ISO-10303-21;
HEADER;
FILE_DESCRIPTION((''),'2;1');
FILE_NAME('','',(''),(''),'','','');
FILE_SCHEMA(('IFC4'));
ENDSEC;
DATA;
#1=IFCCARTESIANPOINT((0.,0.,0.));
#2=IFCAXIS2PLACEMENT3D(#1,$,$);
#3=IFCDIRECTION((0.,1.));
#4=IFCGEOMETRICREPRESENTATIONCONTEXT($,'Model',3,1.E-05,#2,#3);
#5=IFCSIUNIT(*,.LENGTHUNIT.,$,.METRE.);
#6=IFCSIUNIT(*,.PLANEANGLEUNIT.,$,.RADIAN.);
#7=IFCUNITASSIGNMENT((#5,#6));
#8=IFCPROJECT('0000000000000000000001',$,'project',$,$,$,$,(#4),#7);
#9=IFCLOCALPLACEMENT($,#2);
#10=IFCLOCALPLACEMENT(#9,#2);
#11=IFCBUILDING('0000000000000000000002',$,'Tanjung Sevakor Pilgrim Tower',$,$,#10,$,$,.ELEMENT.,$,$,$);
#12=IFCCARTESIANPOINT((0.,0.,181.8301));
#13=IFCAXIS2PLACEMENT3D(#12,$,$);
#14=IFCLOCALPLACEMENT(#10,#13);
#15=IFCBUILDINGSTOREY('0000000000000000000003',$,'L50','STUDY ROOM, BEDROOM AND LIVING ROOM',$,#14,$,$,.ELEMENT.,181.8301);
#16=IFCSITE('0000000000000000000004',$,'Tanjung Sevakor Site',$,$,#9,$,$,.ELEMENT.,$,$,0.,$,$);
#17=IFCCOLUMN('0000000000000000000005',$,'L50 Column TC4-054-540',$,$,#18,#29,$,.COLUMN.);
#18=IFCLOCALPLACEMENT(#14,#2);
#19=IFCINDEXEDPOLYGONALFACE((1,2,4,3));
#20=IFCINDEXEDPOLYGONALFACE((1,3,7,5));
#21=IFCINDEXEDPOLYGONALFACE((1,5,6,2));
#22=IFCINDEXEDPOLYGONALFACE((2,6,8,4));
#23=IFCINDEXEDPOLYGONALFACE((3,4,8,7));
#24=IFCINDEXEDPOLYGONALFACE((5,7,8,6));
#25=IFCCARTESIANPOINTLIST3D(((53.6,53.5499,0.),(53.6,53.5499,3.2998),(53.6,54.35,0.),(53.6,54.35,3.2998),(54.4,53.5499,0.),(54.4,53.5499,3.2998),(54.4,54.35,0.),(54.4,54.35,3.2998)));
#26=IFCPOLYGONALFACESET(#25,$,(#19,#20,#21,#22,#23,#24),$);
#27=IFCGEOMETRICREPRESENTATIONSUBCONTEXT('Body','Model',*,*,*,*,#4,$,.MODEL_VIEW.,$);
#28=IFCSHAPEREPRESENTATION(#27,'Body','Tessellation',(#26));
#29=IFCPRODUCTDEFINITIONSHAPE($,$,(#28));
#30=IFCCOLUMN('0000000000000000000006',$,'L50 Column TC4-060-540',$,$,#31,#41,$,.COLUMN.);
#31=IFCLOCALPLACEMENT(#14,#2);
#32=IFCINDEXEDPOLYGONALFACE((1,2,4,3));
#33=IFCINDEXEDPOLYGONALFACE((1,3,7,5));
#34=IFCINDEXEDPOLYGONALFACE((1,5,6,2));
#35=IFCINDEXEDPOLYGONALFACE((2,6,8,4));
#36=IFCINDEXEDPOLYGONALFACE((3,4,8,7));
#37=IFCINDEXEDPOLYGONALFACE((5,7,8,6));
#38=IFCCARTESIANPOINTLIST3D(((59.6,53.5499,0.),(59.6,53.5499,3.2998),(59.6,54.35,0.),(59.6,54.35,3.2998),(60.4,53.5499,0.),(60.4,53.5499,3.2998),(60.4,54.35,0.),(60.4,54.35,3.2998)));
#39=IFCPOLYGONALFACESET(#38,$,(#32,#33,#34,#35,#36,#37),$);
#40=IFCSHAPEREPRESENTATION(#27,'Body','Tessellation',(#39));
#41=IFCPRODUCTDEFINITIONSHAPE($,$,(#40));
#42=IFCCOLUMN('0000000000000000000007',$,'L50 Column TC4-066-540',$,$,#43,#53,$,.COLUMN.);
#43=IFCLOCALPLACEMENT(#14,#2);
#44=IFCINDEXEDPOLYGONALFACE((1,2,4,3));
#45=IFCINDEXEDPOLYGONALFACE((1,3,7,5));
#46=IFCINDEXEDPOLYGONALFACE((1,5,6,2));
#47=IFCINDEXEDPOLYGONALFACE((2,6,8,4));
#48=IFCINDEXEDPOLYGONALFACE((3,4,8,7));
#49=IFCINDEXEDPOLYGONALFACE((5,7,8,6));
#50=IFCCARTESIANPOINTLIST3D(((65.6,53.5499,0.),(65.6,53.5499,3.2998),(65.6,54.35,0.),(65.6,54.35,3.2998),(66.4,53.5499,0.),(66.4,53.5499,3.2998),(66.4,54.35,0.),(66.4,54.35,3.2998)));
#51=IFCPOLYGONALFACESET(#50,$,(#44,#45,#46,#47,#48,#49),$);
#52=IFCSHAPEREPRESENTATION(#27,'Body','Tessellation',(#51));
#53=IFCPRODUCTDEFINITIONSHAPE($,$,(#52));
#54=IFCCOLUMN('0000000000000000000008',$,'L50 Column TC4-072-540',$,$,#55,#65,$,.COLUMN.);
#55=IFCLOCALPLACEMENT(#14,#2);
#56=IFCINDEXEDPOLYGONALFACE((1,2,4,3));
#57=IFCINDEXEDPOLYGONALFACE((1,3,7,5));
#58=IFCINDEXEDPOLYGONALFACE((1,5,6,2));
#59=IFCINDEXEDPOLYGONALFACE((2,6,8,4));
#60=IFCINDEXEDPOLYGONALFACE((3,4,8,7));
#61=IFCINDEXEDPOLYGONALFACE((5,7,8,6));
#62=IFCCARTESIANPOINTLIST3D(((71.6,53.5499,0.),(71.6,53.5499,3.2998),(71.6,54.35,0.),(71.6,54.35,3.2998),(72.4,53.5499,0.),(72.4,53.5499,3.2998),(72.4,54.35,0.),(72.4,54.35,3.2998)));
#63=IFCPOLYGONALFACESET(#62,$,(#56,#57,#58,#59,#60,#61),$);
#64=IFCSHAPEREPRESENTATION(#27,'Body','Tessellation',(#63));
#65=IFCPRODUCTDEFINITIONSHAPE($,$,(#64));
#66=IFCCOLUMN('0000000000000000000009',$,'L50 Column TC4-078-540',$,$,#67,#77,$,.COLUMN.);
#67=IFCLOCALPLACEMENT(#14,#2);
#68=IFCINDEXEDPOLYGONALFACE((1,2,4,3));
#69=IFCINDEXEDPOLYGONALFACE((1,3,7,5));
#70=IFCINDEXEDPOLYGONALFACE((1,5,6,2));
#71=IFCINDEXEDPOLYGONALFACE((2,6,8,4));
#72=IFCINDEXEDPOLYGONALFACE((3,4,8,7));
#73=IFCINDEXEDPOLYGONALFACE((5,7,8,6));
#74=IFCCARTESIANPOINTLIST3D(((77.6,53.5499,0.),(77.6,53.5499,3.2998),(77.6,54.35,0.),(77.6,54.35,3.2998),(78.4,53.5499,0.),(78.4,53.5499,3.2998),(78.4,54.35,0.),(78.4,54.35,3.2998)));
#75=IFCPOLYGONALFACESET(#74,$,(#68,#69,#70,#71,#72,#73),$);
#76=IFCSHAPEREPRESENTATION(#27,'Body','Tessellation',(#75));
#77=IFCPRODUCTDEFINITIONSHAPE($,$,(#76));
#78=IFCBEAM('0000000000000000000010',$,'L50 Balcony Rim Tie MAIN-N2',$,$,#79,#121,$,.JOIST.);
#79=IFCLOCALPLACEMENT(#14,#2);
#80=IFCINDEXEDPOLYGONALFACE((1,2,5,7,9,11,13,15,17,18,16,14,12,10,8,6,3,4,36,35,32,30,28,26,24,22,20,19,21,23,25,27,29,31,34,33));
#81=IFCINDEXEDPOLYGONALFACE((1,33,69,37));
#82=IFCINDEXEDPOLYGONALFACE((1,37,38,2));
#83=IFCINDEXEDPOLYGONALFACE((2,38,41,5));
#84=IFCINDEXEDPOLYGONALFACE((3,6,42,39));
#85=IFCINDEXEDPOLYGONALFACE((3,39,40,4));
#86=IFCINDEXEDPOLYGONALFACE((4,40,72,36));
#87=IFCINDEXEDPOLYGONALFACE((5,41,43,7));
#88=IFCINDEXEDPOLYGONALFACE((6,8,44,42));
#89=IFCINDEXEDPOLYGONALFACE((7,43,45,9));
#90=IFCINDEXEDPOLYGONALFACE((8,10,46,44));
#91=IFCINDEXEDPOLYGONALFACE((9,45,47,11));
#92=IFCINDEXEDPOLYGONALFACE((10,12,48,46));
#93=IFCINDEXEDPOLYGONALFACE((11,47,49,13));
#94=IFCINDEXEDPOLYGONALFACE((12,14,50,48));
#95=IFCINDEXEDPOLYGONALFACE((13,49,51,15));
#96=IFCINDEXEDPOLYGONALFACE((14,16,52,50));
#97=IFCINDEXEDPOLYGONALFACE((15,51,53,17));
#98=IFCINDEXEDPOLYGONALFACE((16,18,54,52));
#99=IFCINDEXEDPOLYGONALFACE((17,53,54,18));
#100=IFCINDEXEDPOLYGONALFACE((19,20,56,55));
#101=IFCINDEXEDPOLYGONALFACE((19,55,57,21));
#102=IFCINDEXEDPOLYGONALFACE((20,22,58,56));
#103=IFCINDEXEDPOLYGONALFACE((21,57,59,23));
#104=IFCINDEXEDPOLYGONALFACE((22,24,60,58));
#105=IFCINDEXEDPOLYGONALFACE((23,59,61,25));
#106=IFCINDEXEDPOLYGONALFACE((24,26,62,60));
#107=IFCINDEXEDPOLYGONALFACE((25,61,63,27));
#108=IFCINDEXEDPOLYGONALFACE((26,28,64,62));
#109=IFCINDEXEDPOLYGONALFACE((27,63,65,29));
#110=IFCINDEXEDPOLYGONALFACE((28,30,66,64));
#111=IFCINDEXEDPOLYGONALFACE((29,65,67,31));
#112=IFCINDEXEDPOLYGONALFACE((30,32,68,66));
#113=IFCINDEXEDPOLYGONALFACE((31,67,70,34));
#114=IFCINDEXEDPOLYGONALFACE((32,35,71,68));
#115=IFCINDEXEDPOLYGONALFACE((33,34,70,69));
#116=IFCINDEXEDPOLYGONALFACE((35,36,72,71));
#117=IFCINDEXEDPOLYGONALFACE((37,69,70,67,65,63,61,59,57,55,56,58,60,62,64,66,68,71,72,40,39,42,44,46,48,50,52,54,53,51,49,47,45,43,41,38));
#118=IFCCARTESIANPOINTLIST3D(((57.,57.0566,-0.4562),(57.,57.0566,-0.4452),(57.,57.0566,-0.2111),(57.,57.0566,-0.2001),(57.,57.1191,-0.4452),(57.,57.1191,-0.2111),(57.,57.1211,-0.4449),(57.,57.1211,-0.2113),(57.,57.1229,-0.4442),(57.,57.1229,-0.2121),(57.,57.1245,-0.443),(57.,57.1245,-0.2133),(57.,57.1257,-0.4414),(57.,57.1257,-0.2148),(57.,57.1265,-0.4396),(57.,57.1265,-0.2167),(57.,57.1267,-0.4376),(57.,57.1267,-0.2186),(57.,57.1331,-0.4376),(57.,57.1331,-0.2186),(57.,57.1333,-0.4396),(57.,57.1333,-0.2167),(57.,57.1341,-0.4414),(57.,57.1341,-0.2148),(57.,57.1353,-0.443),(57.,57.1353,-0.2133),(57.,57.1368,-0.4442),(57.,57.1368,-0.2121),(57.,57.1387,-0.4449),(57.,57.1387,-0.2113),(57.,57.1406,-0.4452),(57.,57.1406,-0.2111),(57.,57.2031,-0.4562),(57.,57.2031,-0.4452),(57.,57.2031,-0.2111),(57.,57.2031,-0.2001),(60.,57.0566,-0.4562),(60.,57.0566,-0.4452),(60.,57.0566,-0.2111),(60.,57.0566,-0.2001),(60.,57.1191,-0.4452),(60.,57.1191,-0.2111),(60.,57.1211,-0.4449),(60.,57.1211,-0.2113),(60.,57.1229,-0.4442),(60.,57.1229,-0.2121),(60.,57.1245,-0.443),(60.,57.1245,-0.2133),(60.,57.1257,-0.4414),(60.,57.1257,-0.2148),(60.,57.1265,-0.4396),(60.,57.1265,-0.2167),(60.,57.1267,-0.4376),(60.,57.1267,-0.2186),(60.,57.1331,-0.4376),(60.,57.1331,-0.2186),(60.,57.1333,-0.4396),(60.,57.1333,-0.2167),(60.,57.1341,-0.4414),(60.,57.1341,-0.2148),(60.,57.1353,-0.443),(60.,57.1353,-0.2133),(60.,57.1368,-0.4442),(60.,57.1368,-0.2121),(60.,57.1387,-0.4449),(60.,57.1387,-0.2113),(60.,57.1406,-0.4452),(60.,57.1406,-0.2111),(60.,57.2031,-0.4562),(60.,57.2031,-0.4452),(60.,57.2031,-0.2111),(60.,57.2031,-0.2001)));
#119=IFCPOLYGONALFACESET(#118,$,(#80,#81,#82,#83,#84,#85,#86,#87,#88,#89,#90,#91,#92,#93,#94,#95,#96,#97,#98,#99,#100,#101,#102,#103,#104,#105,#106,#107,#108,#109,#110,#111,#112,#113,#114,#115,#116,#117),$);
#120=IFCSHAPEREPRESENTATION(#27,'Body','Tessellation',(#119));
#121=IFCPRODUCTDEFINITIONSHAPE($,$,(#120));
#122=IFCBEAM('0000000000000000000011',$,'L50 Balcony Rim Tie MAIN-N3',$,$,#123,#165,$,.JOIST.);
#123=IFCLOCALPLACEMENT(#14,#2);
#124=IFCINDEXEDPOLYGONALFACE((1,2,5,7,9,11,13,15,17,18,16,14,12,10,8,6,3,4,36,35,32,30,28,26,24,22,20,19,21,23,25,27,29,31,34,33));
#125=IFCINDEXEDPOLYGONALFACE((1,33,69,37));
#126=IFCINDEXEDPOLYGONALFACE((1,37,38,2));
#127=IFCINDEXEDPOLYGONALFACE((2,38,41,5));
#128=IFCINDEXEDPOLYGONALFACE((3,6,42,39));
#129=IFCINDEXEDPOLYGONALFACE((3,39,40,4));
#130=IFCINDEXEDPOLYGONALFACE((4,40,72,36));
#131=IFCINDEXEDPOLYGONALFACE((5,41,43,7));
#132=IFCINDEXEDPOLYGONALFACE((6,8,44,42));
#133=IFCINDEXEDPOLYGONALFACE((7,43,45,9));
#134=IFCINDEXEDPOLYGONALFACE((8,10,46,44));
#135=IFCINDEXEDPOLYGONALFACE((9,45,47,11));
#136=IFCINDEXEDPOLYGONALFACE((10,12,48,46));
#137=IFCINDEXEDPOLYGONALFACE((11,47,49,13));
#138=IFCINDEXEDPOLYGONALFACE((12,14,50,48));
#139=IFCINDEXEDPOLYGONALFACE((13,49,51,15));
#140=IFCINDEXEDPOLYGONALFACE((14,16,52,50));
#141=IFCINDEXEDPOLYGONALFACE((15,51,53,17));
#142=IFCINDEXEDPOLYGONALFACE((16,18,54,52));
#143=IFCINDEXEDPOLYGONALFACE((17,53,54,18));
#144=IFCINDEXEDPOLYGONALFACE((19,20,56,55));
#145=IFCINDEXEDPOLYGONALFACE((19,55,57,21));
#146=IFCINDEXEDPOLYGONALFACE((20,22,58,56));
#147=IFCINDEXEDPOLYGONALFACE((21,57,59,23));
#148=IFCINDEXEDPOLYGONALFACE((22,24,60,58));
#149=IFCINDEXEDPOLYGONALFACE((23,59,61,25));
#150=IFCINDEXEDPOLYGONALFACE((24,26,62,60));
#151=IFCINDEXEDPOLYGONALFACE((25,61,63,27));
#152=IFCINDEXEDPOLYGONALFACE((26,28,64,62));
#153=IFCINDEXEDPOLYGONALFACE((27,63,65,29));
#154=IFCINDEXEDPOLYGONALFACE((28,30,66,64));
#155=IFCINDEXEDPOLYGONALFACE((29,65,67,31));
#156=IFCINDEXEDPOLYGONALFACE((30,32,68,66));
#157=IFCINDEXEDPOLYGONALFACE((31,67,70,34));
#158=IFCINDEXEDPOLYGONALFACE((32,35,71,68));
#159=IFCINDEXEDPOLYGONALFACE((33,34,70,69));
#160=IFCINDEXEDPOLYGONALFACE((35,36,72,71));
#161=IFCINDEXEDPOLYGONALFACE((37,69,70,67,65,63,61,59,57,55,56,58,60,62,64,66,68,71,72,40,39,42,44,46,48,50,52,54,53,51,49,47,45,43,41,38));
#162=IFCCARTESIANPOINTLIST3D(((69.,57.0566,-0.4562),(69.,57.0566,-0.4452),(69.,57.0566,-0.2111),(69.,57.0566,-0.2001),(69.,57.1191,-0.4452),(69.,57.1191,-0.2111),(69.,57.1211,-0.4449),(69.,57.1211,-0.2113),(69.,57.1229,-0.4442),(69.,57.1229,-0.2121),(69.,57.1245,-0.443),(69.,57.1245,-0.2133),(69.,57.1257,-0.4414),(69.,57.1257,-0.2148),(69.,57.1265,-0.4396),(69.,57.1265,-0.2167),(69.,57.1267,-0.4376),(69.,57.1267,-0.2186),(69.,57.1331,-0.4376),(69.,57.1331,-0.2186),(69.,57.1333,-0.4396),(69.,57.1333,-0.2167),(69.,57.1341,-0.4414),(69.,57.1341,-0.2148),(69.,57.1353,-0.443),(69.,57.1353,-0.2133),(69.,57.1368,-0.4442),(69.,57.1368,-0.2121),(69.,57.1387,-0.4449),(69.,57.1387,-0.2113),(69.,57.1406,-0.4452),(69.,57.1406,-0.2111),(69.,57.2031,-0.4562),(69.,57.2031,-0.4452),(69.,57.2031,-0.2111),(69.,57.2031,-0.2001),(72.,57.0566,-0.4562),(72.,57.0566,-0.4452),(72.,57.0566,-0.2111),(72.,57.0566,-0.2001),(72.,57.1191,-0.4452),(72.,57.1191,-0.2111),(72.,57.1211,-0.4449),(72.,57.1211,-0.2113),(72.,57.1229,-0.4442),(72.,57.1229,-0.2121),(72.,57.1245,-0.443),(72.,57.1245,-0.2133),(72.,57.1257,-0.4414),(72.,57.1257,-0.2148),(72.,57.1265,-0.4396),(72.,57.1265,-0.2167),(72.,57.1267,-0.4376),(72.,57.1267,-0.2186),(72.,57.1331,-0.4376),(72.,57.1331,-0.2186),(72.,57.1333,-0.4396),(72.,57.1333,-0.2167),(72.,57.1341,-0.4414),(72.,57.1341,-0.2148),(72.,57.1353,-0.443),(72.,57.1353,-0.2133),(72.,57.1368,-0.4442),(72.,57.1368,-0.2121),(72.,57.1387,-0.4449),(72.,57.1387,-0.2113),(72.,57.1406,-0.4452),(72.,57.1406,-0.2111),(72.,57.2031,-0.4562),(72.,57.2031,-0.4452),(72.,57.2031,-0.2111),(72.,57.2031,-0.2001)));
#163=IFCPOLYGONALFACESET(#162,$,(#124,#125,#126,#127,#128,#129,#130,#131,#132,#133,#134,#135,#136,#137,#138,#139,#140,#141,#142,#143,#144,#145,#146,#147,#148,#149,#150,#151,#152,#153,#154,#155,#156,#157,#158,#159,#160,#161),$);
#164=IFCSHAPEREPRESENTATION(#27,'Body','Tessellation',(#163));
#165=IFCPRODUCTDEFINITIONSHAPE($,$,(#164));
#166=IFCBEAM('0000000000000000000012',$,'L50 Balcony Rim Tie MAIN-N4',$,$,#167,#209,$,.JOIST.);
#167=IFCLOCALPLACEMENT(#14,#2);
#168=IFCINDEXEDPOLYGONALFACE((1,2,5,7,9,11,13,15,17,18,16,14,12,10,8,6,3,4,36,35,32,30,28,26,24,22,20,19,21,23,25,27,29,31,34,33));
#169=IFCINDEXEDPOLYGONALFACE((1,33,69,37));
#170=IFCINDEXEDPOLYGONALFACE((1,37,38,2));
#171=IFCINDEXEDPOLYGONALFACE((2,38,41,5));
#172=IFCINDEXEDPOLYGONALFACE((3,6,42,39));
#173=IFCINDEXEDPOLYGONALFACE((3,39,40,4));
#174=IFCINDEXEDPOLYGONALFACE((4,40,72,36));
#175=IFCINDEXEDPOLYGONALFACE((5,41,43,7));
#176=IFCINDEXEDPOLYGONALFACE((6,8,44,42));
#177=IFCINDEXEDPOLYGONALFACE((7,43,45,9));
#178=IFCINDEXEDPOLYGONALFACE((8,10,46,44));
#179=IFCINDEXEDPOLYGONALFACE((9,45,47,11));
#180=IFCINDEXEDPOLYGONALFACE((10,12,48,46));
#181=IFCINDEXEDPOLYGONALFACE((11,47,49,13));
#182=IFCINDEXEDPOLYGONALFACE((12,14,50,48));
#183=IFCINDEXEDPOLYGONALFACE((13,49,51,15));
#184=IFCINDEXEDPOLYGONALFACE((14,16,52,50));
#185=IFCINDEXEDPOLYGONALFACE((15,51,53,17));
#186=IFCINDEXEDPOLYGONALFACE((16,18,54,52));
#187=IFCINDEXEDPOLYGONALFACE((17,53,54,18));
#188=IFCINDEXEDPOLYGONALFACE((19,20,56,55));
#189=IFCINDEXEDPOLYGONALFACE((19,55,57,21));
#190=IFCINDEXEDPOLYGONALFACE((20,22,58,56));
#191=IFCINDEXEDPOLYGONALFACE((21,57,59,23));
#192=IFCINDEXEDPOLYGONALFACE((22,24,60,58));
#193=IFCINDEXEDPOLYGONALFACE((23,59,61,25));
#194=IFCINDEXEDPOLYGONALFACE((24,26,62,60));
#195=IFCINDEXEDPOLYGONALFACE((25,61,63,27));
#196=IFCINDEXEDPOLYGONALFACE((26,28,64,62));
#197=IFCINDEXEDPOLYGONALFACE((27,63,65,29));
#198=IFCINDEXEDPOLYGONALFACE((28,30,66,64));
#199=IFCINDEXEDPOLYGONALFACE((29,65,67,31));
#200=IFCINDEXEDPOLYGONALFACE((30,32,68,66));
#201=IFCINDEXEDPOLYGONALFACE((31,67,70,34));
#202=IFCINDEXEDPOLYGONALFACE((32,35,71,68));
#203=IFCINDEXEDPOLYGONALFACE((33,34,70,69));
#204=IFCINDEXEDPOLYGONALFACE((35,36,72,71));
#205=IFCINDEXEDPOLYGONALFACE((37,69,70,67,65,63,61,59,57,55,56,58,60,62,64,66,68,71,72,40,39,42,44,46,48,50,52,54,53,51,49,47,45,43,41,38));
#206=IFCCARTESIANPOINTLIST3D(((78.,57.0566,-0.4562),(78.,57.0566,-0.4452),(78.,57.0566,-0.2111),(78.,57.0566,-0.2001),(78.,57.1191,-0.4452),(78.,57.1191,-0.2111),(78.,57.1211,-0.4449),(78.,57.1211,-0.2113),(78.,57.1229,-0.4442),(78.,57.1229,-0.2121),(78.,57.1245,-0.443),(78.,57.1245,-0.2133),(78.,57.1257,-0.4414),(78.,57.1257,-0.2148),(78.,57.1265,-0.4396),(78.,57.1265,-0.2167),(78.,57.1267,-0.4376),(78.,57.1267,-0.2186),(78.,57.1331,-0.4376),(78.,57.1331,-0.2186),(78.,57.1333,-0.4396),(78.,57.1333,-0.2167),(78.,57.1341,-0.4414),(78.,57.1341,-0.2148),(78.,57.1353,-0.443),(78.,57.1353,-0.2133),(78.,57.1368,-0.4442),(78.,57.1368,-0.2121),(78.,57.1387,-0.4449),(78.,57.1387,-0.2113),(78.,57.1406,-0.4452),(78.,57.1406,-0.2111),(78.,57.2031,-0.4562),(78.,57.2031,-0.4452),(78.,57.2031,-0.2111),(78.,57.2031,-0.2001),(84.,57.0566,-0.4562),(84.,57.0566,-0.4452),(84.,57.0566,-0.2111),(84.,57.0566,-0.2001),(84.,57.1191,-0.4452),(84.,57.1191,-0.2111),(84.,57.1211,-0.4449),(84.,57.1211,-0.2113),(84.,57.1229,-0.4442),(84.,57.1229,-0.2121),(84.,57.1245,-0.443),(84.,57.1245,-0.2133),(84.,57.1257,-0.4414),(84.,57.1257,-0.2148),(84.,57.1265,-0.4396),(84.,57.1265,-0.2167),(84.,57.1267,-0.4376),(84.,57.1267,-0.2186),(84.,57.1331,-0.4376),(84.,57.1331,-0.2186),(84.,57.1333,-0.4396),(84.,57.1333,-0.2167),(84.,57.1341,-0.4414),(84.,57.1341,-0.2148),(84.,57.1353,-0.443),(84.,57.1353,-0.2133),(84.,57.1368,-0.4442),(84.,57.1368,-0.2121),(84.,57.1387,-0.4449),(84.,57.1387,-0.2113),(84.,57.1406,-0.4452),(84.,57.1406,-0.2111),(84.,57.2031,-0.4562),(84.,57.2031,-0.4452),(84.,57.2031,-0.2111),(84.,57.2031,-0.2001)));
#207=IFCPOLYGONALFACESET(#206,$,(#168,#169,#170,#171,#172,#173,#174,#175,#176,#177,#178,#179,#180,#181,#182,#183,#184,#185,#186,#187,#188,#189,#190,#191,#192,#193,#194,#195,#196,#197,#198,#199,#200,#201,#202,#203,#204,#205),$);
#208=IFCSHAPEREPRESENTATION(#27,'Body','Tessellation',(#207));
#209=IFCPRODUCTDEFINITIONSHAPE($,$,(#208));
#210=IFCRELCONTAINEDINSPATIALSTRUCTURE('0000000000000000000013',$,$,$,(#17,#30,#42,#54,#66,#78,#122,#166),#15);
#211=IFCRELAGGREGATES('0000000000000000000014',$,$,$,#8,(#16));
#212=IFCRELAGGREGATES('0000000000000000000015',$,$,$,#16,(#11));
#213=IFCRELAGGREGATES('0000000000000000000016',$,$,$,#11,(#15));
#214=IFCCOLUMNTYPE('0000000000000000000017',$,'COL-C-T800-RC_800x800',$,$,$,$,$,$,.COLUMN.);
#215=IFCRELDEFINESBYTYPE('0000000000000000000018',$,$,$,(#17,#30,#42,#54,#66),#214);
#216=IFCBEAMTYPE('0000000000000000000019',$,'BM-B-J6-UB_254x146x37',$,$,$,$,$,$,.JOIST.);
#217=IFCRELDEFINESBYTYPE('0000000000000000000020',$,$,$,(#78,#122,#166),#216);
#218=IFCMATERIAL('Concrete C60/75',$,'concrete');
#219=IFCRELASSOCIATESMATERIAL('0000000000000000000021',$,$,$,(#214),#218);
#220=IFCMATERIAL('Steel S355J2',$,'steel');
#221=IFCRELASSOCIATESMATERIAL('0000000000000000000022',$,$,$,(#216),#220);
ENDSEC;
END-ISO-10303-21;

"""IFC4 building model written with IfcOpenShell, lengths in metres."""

from ifc_helpers import new_model, si_unit, direction, frame, origin, origin_2d, place, context, subcontext, project, spatial, rectangle, i_section, extrude, material, material_profile, profile_set, type_object, element, save


model = new_model("IFC4")

# Units and contexts
model_context = context("Model", 3, precision=1e-05, world=origin(), true_north=direction((0.0, 1.0)))
body_context = subcontext(model_context, "Body", "Model", "MODEL_VIEW")
ifc_project = project(units=[si_unit("LENGTHUNIT", "METRE"), si_unit("PLANEANGLEUNIT", "RADIAN")], contexts=[model_context])

# Site, building, storey
site_placement = place(None, origin())
site = spatial("IfcSite", under=ifc_project, at=site_placement, Name="Tanjung Sevakor Site", CompositionType="ELEMENT", RefElevation=0.0)
building_placement = place(site_placement, origin())
building = spatial("IfcBuilding", under=site, at=building_placement, Name="Tanjung Sevakor Pilgrim Tower", CompositionType="ELEMENT")
storey_placement = place(building_placement, frame((0.0, 0.0, 181.8301)))
storey = spatial("IfcBuildingStorey", under=building, at=storey_placement, Name="L50", Description="STUDY ROOM, BEDROOM AND LIVING ROOM", CompositionType="ELEMENT", Elevation=181.8301)

# Columns
ifc_material_1 = material(Name="Concrete C60/75", Category="concrete")
ifc_material_profile_1 = material_profile(ifc_material_1, rectangle(XDim=0.8, YDim=0.8, at=origin_2d()))
ifc_profile_set_1 = profile_set([ifc_material_profile_1], Name="Concrete C60/75")
column_type = type_object("IfcColumnType", Name="COL-C-T800-RC_800x800", PredefinedType="COLUMN", material=ifc_profile_set_1)
for number, where, z_axis, x_axis, name in (
    (1, (54.0, 53.95, 0.0), (0.0, 0.0, 1.0), (1.0, 0.0, 0.0), "L50 Column TC4-054-540"),
    (2, (60.0, 53.95, 0.0), (0.0, 0.0, 1.0), (1.0, 0.0, 0.0), "L50 Column TC4-060-540"),
    (3, (66.0, 53.95, 0.0), (0.0, 0.0, 1.0), (1.0, 0.0, 0.0), "L50 Column TC4-066-540"),
    (4, (72.0, 53.95, 0.0), (0.0, 0.0, 1.0), (1.0, 0.0, 0.0), "L50 Column TC4-072-540"),
    (5, (78.0, 53.95, 0.0), (0.0, 0.0, 1.0), (1.0, 0.0, 0.0), "L50 Column TC4-078-540"),
):
    element("IfcColumn", number, at=place(storey_placement, frame(where, z_axis=z_axis, x_axis=x_axis)), inside=storey, type_object=column_type, Name=name, PredefinedType="COLUMN", context=body_context, shape_type="SweptSolid", body=[
        extrude(rectangle(XDim=0.8, YDim=0.8, at=origin_2d()), origin(), (0.0, 0.0, 1.0), 3.2998),
    ])

# Beams
ifc_material_2 = material(Name="Steel S355J2", Category="steel")
ifc_material_profile_2 = material_profile(ifc_material_2, i_section(OverallWidth=0.1465, OverallDepth=0.2561, WebThickness=0.0063, FlangeThickness=0.011, FilletRadius=0.0076, at=origin_2d()))
ifc_profile_set_2 = profile_set([ifc_material_profile_2], Name="Steel S355J2")
beam_type_1 = type_object("IfcBeamType", Name="BM-B-J6-UB_254x146x37", PredefinedType="JOIST", material=ifc_profile_set_2)
for number, where, z_axis, x_axis, name in (
    (6, (57.0, 57.1299, -0.3281), (1.0, 0.0, 0.0), (0.0, 1.0, 0.0), "L50 Balcony Rim Tie MAIN-N2"),
    (7, (69.0, 57.1299, -0.3281), (1.0, 0.0, 0.0), (0.0, 1.0, 0.0), "L50 Balcony Rim Tie MAIN-N3"),
):
    element("IfcBeam", number, at=place(storey_placement, frame(where, z_axis=z_axis, x_axis=x_axis)), inside=storey, type_object=beam_type_1, Name=name, PredefinedType="JOIST", context=body_context, shape_type="SweptSolid", body=[
        extrude(i_section(OverallWidth=0.1465, OverallDepth=0.2561, WebThickness=0.0063, FlangeThickness=0.011, FilletRadius=0.0076, at=origin_2d()), origin(), (0.0, 0.0, 1.0), 3.0),
    ])
beam_placement = place(storey_placement, frame((78.0, 57.1299, -0.3281), z_axis=(1.0, 0.0, 0.0), x_axis=(0.0, 1.0, 0.0)))
element("IfcBeam", 8, at=beam_placement, inside=storey, type_object=beam_type_1, Name="L50 Balcony Rim Tie MAIN-N4", PredefinedType="JOIST", context=body_context, shape_type="SweptSolid", body=[
    extrude(i_section(OverallWidth=0.1465, OverallDepth=0.2561, WebThickness=0.0063, FlangeThickness=0.011, FilletRadius=0.0076, at=origin_2d()), origin(), (0.0, 0.0, 1.0), 6.0),
])

save(model, "model.ifc")
